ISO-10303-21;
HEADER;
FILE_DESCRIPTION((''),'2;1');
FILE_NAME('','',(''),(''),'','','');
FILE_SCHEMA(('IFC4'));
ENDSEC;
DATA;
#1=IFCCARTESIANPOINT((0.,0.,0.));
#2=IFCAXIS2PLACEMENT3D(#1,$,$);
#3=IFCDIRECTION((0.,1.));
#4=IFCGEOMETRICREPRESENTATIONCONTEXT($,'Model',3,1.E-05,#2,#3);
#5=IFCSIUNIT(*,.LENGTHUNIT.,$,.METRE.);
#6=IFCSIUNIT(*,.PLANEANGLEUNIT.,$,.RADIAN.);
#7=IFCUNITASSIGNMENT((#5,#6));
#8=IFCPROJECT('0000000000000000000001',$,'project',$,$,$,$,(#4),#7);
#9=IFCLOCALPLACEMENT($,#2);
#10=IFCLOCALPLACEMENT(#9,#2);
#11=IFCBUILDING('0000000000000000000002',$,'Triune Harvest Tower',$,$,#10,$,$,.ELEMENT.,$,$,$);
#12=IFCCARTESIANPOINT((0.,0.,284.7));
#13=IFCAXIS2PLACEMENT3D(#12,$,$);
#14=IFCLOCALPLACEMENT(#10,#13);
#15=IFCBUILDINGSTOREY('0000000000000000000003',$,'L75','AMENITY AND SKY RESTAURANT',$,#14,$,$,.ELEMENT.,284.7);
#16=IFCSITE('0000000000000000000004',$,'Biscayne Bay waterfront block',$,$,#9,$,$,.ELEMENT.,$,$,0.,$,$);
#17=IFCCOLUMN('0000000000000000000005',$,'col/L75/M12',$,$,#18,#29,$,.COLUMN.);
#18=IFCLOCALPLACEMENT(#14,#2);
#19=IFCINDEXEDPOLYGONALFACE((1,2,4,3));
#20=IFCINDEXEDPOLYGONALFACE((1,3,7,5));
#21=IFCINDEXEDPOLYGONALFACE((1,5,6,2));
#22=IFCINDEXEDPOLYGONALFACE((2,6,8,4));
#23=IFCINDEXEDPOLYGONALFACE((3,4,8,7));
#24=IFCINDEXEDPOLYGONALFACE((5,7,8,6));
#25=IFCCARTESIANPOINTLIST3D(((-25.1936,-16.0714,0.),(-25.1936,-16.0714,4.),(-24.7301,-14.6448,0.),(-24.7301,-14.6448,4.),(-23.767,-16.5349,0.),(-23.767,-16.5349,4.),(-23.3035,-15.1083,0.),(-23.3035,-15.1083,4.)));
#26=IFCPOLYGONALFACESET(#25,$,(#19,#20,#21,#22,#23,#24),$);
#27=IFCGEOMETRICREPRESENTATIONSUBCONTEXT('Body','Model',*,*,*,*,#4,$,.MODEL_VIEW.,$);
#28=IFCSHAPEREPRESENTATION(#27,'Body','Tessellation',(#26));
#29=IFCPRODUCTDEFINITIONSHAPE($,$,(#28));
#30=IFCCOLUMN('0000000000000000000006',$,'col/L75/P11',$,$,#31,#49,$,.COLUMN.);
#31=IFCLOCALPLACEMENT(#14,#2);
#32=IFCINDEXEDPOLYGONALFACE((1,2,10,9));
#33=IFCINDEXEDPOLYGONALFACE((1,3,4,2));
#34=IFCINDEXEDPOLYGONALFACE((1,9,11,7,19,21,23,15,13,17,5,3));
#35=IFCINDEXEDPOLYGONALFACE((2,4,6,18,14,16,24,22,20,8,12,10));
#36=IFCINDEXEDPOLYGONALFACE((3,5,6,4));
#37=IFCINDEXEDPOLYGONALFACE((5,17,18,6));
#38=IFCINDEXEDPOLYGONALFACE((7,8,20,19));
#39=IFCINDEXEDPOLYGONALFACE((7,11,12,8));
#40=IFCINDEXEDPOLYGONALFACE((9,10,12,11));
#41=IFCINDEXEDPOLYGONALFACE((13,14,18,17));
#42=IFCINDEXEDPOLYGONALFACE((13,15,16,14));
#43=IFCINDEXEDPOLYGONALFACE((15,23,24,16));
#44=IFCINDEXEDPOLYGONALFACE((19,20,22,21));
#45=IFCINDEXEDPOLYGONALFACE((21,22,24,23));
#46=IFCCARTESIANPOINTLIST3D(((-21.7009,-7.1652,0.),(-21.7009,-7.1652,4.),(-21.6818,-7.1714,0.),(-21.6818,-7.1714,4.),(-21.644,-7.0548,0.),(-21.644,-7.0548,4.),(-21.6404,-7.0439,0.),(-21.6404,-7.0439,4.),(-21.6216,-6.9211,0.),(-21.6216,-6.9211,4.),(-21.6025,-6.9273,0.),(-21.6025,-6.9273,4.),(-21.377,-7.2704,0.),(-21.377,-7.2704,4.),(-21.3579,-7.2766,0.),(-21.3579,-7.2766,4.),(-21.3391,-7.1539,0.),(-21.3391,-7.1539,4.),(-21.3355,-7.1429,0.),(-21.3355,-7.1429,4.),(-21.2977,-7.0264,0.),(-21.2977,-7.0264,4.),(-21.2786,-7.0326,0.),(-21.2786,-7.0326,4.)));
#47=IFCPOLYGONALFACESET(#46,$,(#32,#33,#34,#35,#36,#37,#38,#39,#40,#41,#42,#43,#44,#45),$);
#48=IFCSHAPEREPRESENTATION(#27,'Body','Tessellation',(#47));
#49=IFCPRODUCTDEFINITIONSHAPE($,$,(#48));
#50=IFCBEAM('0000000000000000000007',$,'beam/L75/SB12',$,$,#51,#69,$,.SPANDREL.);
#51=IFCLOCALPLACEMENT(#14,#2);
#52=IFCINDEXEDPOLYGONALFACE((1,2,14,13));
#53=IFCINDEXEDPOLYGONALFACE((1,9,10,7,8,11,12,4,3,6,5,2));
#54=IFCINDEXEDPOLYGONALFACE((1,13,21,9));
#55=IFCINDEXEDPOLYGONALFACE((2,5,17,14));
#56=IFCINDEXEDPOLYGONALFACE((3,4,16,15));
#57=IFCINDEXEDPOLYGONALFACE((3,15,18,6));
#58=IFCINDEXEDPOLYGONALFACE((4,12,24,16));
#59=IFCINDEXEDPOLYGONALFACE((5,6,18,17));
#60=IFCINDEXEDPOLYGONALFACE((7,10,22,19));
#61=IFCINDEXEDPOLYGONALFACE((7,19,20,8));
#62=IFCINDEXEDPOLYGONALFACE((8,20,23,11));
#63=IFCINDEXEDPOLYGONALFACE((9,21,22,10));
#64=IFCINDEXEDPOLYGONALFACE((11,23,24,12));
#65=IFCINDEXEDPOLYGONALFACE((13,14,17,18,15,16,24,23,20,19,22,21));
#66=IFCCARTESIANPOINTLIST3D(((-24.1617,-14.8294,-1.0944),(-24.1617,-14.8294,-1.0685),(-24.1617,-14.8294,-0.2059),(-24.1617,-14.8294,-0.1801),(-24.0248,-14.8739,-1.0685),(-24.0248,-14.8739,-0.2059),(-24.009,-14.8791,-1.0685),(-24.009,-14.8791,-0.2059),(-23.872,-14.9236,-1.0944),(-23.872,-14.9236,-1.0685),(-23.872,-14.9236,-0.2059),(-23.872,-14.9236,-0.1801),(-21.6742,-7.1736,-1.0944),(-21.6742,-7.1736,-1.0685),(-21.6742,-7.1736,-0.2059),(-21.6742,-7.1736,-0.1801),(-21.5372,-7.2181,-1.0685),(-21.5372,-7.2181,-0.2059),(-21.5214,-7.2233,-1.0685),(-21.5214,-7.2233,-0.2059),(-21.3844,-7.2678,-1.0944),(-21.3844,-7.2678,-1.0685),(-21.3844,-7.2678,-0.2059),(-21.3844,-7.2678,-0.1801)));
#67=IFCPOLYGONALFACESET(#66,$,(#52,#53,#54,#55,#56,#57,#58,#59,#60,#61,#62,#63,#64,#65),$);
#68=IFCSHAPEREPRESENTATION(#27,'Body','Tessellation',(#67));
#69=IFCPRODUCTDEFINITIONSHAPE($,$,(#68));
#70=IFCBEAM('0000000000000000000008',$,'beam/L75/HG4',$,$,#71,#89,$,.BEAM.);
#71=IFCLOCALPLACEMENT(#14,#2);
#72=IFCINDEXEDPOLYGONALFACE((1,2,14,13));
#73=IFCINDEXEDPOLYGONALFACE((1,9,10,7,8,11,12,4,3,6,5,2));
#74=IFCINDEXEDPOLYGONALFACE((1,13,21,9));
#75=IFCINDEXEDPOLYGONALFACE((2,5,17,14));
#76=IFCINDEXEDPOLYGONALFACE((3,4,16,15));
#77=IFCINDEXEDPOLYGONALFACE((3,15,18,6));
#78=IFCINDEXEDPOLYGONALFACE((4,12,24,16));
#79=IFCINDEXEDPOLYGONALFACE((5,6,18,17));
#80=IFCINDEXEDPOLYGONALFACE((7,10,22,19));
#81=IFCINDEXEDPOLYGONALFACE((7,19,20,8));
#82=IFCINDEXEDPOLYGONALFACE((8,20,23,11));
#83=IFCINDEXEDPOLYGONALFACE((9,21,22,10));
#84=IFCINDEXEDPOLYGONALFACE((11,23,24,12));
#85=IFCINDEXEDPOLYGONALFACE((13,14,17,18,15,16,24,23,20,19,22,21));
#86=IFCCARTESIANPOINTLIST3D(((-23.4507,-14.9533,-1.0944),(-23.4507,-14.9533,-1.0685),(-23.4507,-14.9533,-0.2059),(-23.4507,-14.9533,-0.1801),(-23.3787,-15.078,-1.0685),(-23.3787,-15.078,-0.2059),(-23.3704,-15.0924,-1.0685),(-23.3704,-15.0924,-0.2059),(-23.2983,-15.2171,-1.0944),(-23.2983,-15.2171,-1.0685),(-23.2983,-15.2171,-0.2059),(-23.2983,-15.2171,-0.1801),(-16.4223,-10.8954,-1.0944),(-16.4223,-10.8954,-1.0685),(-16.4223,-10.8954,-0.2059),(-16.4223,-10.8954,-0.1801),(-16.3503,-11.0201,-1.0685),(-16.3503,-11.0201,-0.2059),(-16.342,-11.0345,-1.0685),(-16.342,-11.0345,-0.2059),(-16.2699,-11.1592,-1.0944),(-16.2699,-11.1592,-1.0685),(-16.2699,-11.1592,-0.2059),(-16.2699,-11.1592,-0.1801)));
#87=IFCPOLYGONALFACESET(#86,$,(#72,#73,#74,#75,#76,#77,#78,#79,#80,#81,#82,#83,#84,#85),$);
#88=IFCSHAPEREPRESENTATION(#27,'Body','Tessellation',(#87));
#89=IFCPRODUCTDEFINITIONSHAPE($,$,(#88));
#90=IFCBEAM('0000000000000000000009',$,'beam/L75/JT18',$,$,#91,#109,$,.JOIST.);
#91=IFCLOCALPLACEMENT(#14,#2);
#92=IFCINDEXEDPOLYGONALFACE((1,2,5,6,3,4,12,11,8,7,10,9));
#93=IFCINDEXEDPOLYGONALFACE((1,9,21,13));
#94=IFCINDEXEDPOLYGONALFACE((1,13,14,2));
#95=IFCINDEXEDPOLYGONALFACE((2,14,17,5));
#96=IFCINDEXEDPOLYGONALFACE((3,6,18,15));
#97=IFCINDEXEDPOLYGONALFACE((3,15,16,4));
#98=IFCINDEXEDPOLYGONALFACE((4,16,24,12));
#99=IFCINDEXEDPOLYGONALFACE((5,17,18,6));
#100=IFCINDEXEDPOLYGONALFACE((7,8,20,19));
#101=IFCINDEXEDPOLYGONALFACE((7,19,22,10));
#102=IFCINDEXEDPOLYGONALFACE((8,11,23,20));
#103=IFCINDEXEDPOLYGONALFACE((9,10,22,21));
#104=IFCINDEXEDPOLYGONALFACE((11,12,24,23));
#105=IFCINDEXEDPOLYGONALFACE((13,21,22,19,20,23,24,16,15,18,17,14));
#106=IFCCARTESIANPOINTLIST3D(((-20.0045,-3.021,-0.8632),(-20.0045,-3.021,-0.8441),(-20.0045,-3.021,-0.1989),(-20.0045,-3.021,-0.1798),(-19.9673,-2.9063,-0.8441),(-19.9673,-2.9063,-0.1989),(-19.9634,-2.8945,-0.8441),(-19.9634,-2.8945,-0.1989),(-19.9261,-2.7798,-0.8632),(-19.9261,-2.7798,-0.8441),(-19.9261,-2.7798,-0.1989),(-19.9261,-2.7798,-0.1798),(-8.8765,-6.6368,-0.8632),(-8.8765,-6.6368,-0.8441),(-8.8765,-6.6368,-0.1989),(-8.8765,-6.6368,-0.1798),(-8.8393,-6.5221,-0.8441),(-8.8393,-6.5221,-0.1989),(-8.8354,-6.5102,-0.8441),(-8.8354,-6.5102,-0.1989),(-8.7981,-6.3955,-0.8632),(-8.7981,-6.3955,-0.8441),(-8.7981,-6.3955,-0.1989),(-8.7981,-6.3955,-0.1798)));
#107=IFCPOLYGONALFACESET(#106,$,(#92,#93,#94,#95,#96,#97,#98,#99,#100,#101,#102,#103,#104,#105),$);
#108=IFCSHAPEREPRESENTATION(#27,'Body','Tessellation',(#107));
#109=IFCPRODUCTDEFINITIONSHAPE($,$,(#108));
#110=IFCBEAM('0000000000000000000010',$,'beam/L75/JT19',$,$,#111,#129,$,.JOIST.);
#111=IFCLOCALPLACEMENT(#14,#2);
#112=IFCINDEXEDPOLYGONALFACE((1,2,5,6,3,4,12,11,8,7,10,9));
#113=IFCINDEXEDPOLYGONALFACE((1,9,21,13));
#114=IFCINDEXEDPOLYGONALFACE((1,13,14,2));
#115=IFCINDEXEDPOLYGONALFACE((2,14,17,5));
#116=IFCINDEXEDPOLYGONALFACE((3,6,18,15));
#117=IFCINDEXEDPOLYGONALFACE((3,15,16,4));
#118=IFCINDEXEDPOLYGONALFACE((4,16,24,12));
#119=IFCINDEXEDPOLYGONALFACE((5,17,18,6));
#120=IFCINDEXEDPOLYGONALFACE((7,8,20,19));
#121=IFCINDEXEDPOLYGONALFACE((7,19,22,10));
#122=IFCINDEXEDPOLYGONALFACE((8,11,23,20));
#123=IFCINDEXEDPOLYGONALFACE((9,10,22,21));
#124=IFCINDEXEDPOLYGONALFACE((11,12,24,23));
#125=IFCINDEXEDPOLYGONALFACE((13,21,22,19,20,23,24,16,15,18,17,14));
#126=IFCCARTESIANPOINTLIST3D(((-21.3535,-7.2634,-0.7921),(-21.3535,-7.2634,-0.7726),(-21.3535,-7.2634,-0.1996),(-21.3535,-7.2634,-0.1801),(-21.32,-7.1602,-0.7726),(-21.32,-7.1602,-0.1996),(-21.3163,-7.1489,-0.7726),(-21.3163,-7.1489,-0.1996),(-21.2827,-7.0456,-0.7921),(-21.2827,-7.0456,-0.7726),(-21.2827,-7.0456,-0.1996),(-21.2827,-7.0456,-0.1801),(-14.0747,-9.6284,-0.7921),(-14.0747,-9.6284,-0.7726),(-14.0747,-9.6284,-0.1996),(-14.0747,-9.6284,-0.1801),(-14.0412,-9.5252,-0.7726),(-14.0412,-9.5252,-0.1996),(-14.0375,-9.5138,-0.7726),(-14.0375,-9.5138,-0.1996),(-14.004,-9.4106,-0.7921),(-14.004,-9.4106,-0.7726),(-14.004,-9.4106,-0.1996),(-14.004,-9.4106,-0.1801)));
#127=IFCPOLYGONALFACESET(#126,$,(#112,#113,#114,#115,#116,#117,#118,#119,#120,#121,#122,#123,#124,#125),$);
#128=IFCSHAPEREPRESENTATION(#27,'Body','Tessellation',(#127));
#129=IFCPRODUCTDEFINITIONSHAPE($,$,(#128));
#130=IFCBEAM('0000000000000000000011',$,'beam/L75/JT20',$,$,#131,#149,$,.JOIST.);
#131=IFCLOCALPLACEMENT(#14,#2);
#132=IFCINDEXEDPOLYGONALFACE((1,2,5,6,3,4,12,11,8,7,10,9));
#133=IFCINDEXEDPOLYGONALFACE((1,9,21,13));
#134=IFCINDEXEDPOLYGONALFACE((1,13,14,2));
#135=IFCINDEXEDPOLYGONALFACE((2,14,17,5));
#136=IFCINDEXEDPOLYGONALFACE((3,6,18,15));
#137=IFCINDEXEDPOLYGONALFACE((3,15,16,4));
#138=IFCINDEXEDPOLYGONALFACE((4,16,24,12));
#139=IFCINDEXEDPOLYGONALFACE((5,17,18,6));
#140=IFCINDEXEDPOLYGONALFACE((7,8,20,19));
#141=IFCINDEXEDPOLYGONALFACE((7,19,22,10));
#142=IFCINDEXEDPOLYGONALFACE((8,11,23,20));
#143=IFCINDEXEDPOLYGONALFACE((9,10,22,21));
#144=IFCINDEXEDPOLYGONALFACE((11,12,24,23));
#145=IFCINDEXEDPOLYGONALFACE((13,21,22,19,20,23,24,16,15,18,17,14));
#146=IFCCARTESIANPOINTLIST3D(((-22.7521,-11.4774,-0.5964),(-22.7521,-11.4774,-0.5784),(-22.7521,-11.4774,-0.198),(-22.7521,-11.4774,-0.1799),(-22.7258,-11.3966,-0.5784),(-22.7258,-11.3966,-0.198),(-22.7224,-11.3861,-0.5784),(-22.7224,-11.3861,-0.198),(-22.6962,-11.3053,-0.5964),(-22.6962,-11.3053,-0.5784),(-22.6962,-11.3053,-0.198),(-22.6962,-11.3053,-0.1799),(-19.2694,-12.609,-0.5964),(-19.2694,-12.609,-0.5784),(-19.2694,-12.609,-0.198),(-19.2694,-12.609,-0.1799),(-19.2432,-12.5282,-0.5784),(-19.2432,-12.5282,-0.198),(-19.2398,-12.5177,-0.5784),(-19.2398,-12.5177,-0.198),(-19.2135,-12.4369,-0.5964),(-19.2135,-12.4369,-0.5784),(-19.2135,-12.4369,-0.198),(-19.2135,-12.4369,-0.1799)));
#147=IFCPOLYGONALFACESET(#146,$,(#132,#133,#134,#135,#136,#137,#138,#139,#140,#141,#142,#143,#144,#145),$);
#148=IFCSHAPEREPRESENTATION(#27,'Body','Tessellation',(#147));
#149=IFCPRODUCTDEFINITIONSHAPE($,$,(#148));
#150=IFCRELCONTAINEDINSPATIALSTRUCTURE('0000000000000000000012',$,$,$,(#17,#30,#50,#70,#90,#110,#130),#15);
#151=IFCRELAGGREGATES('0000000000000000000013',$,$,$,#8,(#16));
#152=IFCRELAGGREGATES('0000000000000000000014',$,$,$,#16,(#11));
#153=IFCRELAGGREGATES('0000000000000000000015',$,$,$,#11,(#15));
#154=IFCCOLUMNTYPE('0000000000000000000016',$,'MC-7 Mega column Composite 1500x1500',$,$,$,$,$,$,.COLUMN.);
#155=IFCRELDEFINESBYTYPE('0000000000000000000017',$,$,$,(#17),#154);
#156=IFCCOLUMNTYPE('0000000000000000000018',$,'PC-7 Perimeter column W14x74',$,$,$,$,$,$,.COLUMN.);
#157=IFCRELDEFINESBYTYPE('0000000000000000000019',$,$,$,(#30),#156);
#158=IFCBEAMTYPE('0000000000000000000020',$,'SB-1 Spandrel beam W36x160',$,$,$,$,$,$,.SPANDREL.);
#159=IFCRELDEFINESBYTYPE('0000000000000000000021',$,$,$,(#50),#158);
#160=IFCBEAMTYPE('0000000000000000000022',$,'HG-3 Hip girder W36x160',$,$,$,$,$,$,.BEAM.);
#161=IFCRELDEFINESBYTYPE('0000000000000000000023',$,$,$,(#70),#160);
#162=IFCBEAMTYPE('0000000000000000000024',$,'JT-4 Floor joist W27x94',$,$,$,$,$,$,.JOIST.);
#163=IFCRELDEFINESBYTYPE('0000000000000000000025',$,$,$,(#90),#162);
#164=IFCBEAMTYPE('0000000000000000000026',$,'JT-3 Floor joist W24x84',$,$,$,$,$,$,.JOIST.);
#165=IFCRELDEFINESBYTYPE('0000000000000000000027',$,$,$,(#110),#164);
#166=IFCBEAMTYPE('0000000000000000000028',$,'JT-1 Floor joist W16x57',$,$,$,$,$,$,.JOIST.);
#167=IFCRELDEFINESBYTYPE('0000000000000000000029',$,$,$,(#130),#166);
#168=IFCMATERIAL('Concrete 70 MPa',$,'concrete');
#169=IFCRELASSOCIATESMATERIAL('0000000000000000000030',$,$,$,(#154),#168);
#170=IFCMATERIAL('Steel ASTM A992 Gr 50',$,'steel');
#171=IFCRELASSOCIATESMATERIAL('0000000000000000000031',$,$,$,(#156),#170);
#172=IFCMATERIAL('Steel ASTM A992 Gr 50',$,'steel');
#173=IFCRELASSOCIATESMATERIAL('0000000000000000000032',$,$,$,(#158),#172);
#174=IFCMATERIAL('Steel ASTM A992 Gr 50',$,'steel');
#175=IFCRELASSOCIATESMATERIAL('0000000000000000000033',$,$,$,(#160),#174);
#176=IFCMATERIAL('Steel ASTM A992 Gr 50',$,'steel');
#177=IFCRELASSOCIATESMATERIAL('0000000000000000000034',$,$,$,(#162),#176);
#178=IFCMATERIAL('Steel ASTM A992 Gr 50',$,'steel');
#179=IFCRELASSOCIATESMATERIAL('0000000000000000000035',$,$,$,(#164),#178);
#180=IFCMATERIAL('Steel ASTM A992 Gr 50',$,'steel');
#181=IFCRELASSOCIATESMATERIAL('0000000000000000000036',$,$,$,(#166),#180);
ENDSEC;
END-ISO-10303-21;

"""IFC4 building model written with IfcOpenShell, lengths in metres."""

from ifc_helpers import new_model, si_unit, direction, frame, origin, origin_2d, place, context, subcontext, project, spatial, rectangle, i_section, extrude, source, transform, mapped, material, material_profile, profile_set, type_object, element, save


model = new_model("IFC4")

# Units and contexts
model_context = context("Model", 3, precision=1e-05, world=origin(), true_north=direction((0.0, 1.0)))
body_context = subcontext(model_context, "Body", "Model", "MODEL_VIEW")
ifc_project = project(units=[si_unit("LENGTHUNIT", "METRE"), si_unit("PLANEANGLEUNIT", "RADIAN")], contexts=[model_context])

# Site, building, storey
site_placement = place(None, origin())
site = spatial("IfcSite", under=ifc_project, at=site_placement, Name="Biscayne Bay waterfront block", CompositionType="ELEMENT", RefElevation=0.0)
building_placement = place(site_placement, origin())
building = spatial("IfcBuilding", under=site, at=building_placement, Name="Triune Harvest Tower", CompositionType="ELEMENT")
storey_placement = place(building_placement, frame((0.0, 0.0, 284.7)))
storey = spatial("IfcBuildingStorey", under=building, at=storey_placement, Name="L75", Description="AMENITY AND SKY RESTAURANT", CompositionType="ELEMENT", Elevation=284.7)

# Columns
ifc_material_1 = material(Name="Concrete 70 MPa", Category="concrete")
ifc_material_profile_1 = material_profile(ifc_material_1, rectangle(XDim=1.5, YDim=1.5, at=origin_2d()), Name="Composite 1500x1500")
ifc_profile_set_1 = profile_set([ifc_material_profile_1], Name="Concrete 70 MPa")
column_type_1 = type_object("IfcColumnType", Name="MC-7 Mega column Composite 1500x1500", PredefinedType="COLUMN", material=ifc_profile_set_1)
shared_shape_1 = source(origin(), body_context, "Body", "SweptSolid", [
    extrude(rectangle(XDim=1.5, YDim=1.5, at=origin_2d()), origin(), (0.0, 0.0, 1.0), 4.0),
])
column_1_placement = place(storey_placement, frame((-24.2485, -15.5898, 0.0), z_axis=(0.0, 0.0, 1.0), x_axis=(-0.309015, -0.951057, 0.0)))
element("IfcColumn", 1, at=column_1_placement, inside=storey, type_object=column_type_1, Name="col/L75/M12", PredefinedType="COLUMN", context=body_context, shape_type="MappedRepresentation", body=[
    mapped(shared_shape_1, transform((0.0, 0.0, 0.0), scale=1.0)),
])
ifc_material_2 = material(Name="Steel ASTM A992 Gr 50", Category="steel")
ifc_material_profile_2 = material_profile(ifc_material_2, i_section(OverallWidth=0.2566, OverallDepth=0.3606, WebThickness=0.0115, FlangeThickness=0.02, at=origin_2d()), Name="W14x74")
ifc_profile_set_2 = profile_set([ifc_material_profile_2], Name="Steel ASTM A992 Gr 50")
column_type_2 = type_object("IfcColumnType", Name="PC-7 Perimeter column W14x74", PredefinedType="COLUMN", material=ifc_profile_set_2)
shared_shape_2 = source(origin(), body_context, "Body", "SweptSolid", [
    extrude(i_section(OverallWidth=0.2566, OverallDepth=0.3606, WebThickness=0.0115, FlangeThickness=0.02, at=origin_2d()), origin(), (0.0, 0.0, 1.0), 4.0),
])
column_2_placement = place(storey_placement, frame((-21.4897, -7.0989, 0.0), z_axis=(0.0, 0.0, 1.0), x_axis=(-0.309015, -0.951057, 0.0)))
element("IfcColumn", 2, at=column_2_placement, inside=storey, type_object=column_type_2, Name="col/L75/P11", PredefinedType="COLUMN", context=body_context, shape_type="MappedRepresentation", body=[
    mapped(shared_shape_2, transform((0.0, 0.0, 0.0), scale=1.0)),
])

# Beams
ifc_material_3 = material(Name="Steel ASTM A992 Gr 50", Category="steel")
ifc_material_profile_3 = material_profile(ifc_material_3, i_section(OverallWidth=0.3047, OverallDepth=0.9143, WebThickness=0.0166, FlangeThickness=0.0259, at=origin_2d()), Name="W36x160")
ifc_profile_set_3 = profile_set([ifc_material_profile_3], Name="Steel ASTM A992 Gr 50")
beam_type_1 = type_object("IfcBeamType", Name="SB-1 Spandrel beam W36x160", PredefinedType="SPANDREL", material=ifc_profile_set_3)
shared_shape_3 = source(origin(), body_context, "Body", "SweptSolid", [
    extrude(i_section(OverallWidth=0.3047, OverallDepth=0.9143, WebThickness=0.0166, FlangeThickness=0.0259, at=origin_2d()), origin(), (0.0, 0.0, 1.0), 8.0498),
])
beam_1_placement = place(storey_placement, frame((-21.5293, -7.2207, -0.6372), z_axis=(-0.309022, -0.951055, 0.0), x_axis=(0.951055, -0.309022, 0.0)))
element("IfcBeam", 3, at=beam_1_placement, inside=storey, type_object=beam_type_1, Name="beam/L75/SB12", PredefinedType="SPANDREL", context=body_context, shape_type="MappedRepresentation", body=[
    mapped(shared_shape_3, transform((0.0, 0.0, 0.0), scale=1.0)),
])
ifc_material_4 = material(Name="Steel ASTM A992 Gr 50", Category="steel")
ifc_material_profile_4 = material_profile(ifc_material_4, i_section(OverallWidth=0.3047, OverallDepth=0.9143, WebThickness=0.0166, FlangeThickness=0.0259, at=origin_2d()), Name="W36x160")
ifc_profile_set_4 = profile_set([ifc_material_profile_4], Name="Steel ASTM A992 Gr 50")
beam_type_2 = type_object("IfcBeamType", Name="HG-3 Hip girder W36x160", PredefinedType="BEAM", material=ifc_profile_set_4)
shared_shape_4 = source(origin(), body_context, "Body", "SweptSolid", [
    extrude(i_section(OverallWidth=0.3047, OverallDepth=0.9143, WebThickness=0.0166, FlangeThickness=0.0259, at=origin_2d()), origin(), (0.0, 0.0, 1.0), 8.1157),
])
beam_2_placement = place(storey_placement, frame((-23.3745, -15.0852, -0.6372), z_axis=(0.866022, 0.500005, 0.0), x_axis=(-0.500005, 0.866022, 0.0)))
element("IfcBeam", 4, at=beam_2_placement, inside=storey, type_object=beam_type_2, Name="beam/L75/HG4", PredefinedType="BEAM", context=body_context, shape_type="MappedRepresentation", body=[
    mapped(shared_shape_4, transform((0.0, 0.0, 0.0), scale=1.0)),
])
ifc_material_5 = material(Name="Steel ASTM A992 Gr 50", Category="steel")
ifc_material_profile_5 = material_profile(ifc_material_5, i_section(OverallWidth=0.2537, OverallDepth=0.6833, WebThickness=0.0125, FlangeThickness=0.019, at=origin_2d()), Name="W27x94")
ifc_profile_set_5 = profile_set([ifc_material_profile_5], Name="Steel ASTM A992 Gr 50")
beam_type_3 = type_object("IfcBeamType", Name="JT-4 Floor joist W27x94", PredefinedType="JOIST", material=ifc_profile_set_5)
shared_shape_5 = source(origin(), body_context, "Body", "SweptSolid", [
    extrude(i_section(OverallWidth=0.2537, OverallDepth=0.6833, WebThickness=0.0125, FlangeThickness=0.019, at=origin_2d()), origin(), (0.0, 0.0, 1.0), 11.7007),
])
beam_3_placement = place(storey_placement, frame((-19.9653, -2.9004, -0.5215), z_axis=(0.951056, -0.30902, 0.0), x_axis=(0.30902, 0.951056, 0.0)))
element("IfcBeam", 5, at=beam_3_placement, inside=storey, type_object=beam_type_3, Name="beam/L75/JT18", PredefinedType="JOIST", context=body_context, shape_type="MappedRepresentation", body=[
    mapped(shared_shape_5, transform((0.0, 0.0, 0.0), scale=1.0)),
])
ifc_material_6 = material(Name="Steel ASTM A992 Gr 50", Category="steel")
ifc_material_profile_6 = material_profile(ifc_material_6, i_section(OverallWidth=0.229, OverallDepth=0.6121, WebThickness=0.012, FlangeThickness=0.0195, at=origin_2d()), Name="W24x84")
ifc_profile_set_6 = profile_set([ifc_material_profile_6], Name="Steel ASTM A992 Gr 50")
beam_type_4 = type_object("IfcBeamType", Name="JT-3 Floor joist W24x84", PredefinedType="JOIST", material=ifc_profile_set_6)
shared_shape_6 = source(origin(), body_context, "Body", "SweptSolid", [
    extrude(i_section(OverallWidth=0.229, OverallDepth=0.6121, WebThickness=0.012, FlangeThickness=0.0195, at=origin_2d()), origin(), (0.0, 0.0, 1.0), 7.6533),
])
beam_4_placement = place(storey_placement, frame((-21.3181, -7.1545, -0.4861), z_axis=(0.951058, -0.309012, 0.0), x_axis=(0.309012, 0.951058, 0.0)))
element("IfcBeam", 6, at=beam_4_placement, inside=storey, type_object=beam_type_4, Name="beam/L75/JT19", PredefinedType="JOIST", context=body_context, shape_type="MappedRepresentation", body=[
    mapped(shared_shape_6, transform((0.0, 0.0, 0.0), scale=1.0)),
])
ifc_material_7 = material(Name="Steel ASTM A992 Gr 50", Category="steel")
ifc_material_profile_7 = material_profile(ifc_material_7, i_section(OverallWidth=0.1809, OverallDepth=0.4165, WebThickness=0.011, FlangeThickness=0.0181, at=origin_2d()), Name="W16x57")
ifc_profile_set_7 = profile_set([ifc_material_profile_7], Name="Steel ASTM A992 Gr 50")
beam_type_5 = type_object("IfcBeamType", Name="JT-1 Floor joist W16x57", PredefinedType="JOIST", material=ifc_profile_set_7)
shared_shape_7 = source(origin(), body_context, "Body", "SweptSolid", [
    extrude(i_section(OverallWidth=0.1809, OverallDepth=0.4165, WebThickness=0.011, FlangeThickness=0.0181, at=origin_2d()), origin(), (0.0, 0.0, 1.0), 3.6619),
])
beam_5_placement = place(storey_placement, frame((-22.7241, -11.3914, -0.3882), z_axis=(0.951056, -0.309018, 0.0), x_axis=(0.309018, 0.951056, 0.0)))
element("IfcBeam", 7, at=beam_5_placement, inside=storey, type_object=beam_type_5, Name="beam/L75/JT20", PredefinedType="JOIST", context=body_context, shape_type="MappedRepresentation", body=[
    mapped(shared_shape_7, transform((0.0, 0.0, 0.0), scale=1.0)),
])

save(model, "model.ifc")
